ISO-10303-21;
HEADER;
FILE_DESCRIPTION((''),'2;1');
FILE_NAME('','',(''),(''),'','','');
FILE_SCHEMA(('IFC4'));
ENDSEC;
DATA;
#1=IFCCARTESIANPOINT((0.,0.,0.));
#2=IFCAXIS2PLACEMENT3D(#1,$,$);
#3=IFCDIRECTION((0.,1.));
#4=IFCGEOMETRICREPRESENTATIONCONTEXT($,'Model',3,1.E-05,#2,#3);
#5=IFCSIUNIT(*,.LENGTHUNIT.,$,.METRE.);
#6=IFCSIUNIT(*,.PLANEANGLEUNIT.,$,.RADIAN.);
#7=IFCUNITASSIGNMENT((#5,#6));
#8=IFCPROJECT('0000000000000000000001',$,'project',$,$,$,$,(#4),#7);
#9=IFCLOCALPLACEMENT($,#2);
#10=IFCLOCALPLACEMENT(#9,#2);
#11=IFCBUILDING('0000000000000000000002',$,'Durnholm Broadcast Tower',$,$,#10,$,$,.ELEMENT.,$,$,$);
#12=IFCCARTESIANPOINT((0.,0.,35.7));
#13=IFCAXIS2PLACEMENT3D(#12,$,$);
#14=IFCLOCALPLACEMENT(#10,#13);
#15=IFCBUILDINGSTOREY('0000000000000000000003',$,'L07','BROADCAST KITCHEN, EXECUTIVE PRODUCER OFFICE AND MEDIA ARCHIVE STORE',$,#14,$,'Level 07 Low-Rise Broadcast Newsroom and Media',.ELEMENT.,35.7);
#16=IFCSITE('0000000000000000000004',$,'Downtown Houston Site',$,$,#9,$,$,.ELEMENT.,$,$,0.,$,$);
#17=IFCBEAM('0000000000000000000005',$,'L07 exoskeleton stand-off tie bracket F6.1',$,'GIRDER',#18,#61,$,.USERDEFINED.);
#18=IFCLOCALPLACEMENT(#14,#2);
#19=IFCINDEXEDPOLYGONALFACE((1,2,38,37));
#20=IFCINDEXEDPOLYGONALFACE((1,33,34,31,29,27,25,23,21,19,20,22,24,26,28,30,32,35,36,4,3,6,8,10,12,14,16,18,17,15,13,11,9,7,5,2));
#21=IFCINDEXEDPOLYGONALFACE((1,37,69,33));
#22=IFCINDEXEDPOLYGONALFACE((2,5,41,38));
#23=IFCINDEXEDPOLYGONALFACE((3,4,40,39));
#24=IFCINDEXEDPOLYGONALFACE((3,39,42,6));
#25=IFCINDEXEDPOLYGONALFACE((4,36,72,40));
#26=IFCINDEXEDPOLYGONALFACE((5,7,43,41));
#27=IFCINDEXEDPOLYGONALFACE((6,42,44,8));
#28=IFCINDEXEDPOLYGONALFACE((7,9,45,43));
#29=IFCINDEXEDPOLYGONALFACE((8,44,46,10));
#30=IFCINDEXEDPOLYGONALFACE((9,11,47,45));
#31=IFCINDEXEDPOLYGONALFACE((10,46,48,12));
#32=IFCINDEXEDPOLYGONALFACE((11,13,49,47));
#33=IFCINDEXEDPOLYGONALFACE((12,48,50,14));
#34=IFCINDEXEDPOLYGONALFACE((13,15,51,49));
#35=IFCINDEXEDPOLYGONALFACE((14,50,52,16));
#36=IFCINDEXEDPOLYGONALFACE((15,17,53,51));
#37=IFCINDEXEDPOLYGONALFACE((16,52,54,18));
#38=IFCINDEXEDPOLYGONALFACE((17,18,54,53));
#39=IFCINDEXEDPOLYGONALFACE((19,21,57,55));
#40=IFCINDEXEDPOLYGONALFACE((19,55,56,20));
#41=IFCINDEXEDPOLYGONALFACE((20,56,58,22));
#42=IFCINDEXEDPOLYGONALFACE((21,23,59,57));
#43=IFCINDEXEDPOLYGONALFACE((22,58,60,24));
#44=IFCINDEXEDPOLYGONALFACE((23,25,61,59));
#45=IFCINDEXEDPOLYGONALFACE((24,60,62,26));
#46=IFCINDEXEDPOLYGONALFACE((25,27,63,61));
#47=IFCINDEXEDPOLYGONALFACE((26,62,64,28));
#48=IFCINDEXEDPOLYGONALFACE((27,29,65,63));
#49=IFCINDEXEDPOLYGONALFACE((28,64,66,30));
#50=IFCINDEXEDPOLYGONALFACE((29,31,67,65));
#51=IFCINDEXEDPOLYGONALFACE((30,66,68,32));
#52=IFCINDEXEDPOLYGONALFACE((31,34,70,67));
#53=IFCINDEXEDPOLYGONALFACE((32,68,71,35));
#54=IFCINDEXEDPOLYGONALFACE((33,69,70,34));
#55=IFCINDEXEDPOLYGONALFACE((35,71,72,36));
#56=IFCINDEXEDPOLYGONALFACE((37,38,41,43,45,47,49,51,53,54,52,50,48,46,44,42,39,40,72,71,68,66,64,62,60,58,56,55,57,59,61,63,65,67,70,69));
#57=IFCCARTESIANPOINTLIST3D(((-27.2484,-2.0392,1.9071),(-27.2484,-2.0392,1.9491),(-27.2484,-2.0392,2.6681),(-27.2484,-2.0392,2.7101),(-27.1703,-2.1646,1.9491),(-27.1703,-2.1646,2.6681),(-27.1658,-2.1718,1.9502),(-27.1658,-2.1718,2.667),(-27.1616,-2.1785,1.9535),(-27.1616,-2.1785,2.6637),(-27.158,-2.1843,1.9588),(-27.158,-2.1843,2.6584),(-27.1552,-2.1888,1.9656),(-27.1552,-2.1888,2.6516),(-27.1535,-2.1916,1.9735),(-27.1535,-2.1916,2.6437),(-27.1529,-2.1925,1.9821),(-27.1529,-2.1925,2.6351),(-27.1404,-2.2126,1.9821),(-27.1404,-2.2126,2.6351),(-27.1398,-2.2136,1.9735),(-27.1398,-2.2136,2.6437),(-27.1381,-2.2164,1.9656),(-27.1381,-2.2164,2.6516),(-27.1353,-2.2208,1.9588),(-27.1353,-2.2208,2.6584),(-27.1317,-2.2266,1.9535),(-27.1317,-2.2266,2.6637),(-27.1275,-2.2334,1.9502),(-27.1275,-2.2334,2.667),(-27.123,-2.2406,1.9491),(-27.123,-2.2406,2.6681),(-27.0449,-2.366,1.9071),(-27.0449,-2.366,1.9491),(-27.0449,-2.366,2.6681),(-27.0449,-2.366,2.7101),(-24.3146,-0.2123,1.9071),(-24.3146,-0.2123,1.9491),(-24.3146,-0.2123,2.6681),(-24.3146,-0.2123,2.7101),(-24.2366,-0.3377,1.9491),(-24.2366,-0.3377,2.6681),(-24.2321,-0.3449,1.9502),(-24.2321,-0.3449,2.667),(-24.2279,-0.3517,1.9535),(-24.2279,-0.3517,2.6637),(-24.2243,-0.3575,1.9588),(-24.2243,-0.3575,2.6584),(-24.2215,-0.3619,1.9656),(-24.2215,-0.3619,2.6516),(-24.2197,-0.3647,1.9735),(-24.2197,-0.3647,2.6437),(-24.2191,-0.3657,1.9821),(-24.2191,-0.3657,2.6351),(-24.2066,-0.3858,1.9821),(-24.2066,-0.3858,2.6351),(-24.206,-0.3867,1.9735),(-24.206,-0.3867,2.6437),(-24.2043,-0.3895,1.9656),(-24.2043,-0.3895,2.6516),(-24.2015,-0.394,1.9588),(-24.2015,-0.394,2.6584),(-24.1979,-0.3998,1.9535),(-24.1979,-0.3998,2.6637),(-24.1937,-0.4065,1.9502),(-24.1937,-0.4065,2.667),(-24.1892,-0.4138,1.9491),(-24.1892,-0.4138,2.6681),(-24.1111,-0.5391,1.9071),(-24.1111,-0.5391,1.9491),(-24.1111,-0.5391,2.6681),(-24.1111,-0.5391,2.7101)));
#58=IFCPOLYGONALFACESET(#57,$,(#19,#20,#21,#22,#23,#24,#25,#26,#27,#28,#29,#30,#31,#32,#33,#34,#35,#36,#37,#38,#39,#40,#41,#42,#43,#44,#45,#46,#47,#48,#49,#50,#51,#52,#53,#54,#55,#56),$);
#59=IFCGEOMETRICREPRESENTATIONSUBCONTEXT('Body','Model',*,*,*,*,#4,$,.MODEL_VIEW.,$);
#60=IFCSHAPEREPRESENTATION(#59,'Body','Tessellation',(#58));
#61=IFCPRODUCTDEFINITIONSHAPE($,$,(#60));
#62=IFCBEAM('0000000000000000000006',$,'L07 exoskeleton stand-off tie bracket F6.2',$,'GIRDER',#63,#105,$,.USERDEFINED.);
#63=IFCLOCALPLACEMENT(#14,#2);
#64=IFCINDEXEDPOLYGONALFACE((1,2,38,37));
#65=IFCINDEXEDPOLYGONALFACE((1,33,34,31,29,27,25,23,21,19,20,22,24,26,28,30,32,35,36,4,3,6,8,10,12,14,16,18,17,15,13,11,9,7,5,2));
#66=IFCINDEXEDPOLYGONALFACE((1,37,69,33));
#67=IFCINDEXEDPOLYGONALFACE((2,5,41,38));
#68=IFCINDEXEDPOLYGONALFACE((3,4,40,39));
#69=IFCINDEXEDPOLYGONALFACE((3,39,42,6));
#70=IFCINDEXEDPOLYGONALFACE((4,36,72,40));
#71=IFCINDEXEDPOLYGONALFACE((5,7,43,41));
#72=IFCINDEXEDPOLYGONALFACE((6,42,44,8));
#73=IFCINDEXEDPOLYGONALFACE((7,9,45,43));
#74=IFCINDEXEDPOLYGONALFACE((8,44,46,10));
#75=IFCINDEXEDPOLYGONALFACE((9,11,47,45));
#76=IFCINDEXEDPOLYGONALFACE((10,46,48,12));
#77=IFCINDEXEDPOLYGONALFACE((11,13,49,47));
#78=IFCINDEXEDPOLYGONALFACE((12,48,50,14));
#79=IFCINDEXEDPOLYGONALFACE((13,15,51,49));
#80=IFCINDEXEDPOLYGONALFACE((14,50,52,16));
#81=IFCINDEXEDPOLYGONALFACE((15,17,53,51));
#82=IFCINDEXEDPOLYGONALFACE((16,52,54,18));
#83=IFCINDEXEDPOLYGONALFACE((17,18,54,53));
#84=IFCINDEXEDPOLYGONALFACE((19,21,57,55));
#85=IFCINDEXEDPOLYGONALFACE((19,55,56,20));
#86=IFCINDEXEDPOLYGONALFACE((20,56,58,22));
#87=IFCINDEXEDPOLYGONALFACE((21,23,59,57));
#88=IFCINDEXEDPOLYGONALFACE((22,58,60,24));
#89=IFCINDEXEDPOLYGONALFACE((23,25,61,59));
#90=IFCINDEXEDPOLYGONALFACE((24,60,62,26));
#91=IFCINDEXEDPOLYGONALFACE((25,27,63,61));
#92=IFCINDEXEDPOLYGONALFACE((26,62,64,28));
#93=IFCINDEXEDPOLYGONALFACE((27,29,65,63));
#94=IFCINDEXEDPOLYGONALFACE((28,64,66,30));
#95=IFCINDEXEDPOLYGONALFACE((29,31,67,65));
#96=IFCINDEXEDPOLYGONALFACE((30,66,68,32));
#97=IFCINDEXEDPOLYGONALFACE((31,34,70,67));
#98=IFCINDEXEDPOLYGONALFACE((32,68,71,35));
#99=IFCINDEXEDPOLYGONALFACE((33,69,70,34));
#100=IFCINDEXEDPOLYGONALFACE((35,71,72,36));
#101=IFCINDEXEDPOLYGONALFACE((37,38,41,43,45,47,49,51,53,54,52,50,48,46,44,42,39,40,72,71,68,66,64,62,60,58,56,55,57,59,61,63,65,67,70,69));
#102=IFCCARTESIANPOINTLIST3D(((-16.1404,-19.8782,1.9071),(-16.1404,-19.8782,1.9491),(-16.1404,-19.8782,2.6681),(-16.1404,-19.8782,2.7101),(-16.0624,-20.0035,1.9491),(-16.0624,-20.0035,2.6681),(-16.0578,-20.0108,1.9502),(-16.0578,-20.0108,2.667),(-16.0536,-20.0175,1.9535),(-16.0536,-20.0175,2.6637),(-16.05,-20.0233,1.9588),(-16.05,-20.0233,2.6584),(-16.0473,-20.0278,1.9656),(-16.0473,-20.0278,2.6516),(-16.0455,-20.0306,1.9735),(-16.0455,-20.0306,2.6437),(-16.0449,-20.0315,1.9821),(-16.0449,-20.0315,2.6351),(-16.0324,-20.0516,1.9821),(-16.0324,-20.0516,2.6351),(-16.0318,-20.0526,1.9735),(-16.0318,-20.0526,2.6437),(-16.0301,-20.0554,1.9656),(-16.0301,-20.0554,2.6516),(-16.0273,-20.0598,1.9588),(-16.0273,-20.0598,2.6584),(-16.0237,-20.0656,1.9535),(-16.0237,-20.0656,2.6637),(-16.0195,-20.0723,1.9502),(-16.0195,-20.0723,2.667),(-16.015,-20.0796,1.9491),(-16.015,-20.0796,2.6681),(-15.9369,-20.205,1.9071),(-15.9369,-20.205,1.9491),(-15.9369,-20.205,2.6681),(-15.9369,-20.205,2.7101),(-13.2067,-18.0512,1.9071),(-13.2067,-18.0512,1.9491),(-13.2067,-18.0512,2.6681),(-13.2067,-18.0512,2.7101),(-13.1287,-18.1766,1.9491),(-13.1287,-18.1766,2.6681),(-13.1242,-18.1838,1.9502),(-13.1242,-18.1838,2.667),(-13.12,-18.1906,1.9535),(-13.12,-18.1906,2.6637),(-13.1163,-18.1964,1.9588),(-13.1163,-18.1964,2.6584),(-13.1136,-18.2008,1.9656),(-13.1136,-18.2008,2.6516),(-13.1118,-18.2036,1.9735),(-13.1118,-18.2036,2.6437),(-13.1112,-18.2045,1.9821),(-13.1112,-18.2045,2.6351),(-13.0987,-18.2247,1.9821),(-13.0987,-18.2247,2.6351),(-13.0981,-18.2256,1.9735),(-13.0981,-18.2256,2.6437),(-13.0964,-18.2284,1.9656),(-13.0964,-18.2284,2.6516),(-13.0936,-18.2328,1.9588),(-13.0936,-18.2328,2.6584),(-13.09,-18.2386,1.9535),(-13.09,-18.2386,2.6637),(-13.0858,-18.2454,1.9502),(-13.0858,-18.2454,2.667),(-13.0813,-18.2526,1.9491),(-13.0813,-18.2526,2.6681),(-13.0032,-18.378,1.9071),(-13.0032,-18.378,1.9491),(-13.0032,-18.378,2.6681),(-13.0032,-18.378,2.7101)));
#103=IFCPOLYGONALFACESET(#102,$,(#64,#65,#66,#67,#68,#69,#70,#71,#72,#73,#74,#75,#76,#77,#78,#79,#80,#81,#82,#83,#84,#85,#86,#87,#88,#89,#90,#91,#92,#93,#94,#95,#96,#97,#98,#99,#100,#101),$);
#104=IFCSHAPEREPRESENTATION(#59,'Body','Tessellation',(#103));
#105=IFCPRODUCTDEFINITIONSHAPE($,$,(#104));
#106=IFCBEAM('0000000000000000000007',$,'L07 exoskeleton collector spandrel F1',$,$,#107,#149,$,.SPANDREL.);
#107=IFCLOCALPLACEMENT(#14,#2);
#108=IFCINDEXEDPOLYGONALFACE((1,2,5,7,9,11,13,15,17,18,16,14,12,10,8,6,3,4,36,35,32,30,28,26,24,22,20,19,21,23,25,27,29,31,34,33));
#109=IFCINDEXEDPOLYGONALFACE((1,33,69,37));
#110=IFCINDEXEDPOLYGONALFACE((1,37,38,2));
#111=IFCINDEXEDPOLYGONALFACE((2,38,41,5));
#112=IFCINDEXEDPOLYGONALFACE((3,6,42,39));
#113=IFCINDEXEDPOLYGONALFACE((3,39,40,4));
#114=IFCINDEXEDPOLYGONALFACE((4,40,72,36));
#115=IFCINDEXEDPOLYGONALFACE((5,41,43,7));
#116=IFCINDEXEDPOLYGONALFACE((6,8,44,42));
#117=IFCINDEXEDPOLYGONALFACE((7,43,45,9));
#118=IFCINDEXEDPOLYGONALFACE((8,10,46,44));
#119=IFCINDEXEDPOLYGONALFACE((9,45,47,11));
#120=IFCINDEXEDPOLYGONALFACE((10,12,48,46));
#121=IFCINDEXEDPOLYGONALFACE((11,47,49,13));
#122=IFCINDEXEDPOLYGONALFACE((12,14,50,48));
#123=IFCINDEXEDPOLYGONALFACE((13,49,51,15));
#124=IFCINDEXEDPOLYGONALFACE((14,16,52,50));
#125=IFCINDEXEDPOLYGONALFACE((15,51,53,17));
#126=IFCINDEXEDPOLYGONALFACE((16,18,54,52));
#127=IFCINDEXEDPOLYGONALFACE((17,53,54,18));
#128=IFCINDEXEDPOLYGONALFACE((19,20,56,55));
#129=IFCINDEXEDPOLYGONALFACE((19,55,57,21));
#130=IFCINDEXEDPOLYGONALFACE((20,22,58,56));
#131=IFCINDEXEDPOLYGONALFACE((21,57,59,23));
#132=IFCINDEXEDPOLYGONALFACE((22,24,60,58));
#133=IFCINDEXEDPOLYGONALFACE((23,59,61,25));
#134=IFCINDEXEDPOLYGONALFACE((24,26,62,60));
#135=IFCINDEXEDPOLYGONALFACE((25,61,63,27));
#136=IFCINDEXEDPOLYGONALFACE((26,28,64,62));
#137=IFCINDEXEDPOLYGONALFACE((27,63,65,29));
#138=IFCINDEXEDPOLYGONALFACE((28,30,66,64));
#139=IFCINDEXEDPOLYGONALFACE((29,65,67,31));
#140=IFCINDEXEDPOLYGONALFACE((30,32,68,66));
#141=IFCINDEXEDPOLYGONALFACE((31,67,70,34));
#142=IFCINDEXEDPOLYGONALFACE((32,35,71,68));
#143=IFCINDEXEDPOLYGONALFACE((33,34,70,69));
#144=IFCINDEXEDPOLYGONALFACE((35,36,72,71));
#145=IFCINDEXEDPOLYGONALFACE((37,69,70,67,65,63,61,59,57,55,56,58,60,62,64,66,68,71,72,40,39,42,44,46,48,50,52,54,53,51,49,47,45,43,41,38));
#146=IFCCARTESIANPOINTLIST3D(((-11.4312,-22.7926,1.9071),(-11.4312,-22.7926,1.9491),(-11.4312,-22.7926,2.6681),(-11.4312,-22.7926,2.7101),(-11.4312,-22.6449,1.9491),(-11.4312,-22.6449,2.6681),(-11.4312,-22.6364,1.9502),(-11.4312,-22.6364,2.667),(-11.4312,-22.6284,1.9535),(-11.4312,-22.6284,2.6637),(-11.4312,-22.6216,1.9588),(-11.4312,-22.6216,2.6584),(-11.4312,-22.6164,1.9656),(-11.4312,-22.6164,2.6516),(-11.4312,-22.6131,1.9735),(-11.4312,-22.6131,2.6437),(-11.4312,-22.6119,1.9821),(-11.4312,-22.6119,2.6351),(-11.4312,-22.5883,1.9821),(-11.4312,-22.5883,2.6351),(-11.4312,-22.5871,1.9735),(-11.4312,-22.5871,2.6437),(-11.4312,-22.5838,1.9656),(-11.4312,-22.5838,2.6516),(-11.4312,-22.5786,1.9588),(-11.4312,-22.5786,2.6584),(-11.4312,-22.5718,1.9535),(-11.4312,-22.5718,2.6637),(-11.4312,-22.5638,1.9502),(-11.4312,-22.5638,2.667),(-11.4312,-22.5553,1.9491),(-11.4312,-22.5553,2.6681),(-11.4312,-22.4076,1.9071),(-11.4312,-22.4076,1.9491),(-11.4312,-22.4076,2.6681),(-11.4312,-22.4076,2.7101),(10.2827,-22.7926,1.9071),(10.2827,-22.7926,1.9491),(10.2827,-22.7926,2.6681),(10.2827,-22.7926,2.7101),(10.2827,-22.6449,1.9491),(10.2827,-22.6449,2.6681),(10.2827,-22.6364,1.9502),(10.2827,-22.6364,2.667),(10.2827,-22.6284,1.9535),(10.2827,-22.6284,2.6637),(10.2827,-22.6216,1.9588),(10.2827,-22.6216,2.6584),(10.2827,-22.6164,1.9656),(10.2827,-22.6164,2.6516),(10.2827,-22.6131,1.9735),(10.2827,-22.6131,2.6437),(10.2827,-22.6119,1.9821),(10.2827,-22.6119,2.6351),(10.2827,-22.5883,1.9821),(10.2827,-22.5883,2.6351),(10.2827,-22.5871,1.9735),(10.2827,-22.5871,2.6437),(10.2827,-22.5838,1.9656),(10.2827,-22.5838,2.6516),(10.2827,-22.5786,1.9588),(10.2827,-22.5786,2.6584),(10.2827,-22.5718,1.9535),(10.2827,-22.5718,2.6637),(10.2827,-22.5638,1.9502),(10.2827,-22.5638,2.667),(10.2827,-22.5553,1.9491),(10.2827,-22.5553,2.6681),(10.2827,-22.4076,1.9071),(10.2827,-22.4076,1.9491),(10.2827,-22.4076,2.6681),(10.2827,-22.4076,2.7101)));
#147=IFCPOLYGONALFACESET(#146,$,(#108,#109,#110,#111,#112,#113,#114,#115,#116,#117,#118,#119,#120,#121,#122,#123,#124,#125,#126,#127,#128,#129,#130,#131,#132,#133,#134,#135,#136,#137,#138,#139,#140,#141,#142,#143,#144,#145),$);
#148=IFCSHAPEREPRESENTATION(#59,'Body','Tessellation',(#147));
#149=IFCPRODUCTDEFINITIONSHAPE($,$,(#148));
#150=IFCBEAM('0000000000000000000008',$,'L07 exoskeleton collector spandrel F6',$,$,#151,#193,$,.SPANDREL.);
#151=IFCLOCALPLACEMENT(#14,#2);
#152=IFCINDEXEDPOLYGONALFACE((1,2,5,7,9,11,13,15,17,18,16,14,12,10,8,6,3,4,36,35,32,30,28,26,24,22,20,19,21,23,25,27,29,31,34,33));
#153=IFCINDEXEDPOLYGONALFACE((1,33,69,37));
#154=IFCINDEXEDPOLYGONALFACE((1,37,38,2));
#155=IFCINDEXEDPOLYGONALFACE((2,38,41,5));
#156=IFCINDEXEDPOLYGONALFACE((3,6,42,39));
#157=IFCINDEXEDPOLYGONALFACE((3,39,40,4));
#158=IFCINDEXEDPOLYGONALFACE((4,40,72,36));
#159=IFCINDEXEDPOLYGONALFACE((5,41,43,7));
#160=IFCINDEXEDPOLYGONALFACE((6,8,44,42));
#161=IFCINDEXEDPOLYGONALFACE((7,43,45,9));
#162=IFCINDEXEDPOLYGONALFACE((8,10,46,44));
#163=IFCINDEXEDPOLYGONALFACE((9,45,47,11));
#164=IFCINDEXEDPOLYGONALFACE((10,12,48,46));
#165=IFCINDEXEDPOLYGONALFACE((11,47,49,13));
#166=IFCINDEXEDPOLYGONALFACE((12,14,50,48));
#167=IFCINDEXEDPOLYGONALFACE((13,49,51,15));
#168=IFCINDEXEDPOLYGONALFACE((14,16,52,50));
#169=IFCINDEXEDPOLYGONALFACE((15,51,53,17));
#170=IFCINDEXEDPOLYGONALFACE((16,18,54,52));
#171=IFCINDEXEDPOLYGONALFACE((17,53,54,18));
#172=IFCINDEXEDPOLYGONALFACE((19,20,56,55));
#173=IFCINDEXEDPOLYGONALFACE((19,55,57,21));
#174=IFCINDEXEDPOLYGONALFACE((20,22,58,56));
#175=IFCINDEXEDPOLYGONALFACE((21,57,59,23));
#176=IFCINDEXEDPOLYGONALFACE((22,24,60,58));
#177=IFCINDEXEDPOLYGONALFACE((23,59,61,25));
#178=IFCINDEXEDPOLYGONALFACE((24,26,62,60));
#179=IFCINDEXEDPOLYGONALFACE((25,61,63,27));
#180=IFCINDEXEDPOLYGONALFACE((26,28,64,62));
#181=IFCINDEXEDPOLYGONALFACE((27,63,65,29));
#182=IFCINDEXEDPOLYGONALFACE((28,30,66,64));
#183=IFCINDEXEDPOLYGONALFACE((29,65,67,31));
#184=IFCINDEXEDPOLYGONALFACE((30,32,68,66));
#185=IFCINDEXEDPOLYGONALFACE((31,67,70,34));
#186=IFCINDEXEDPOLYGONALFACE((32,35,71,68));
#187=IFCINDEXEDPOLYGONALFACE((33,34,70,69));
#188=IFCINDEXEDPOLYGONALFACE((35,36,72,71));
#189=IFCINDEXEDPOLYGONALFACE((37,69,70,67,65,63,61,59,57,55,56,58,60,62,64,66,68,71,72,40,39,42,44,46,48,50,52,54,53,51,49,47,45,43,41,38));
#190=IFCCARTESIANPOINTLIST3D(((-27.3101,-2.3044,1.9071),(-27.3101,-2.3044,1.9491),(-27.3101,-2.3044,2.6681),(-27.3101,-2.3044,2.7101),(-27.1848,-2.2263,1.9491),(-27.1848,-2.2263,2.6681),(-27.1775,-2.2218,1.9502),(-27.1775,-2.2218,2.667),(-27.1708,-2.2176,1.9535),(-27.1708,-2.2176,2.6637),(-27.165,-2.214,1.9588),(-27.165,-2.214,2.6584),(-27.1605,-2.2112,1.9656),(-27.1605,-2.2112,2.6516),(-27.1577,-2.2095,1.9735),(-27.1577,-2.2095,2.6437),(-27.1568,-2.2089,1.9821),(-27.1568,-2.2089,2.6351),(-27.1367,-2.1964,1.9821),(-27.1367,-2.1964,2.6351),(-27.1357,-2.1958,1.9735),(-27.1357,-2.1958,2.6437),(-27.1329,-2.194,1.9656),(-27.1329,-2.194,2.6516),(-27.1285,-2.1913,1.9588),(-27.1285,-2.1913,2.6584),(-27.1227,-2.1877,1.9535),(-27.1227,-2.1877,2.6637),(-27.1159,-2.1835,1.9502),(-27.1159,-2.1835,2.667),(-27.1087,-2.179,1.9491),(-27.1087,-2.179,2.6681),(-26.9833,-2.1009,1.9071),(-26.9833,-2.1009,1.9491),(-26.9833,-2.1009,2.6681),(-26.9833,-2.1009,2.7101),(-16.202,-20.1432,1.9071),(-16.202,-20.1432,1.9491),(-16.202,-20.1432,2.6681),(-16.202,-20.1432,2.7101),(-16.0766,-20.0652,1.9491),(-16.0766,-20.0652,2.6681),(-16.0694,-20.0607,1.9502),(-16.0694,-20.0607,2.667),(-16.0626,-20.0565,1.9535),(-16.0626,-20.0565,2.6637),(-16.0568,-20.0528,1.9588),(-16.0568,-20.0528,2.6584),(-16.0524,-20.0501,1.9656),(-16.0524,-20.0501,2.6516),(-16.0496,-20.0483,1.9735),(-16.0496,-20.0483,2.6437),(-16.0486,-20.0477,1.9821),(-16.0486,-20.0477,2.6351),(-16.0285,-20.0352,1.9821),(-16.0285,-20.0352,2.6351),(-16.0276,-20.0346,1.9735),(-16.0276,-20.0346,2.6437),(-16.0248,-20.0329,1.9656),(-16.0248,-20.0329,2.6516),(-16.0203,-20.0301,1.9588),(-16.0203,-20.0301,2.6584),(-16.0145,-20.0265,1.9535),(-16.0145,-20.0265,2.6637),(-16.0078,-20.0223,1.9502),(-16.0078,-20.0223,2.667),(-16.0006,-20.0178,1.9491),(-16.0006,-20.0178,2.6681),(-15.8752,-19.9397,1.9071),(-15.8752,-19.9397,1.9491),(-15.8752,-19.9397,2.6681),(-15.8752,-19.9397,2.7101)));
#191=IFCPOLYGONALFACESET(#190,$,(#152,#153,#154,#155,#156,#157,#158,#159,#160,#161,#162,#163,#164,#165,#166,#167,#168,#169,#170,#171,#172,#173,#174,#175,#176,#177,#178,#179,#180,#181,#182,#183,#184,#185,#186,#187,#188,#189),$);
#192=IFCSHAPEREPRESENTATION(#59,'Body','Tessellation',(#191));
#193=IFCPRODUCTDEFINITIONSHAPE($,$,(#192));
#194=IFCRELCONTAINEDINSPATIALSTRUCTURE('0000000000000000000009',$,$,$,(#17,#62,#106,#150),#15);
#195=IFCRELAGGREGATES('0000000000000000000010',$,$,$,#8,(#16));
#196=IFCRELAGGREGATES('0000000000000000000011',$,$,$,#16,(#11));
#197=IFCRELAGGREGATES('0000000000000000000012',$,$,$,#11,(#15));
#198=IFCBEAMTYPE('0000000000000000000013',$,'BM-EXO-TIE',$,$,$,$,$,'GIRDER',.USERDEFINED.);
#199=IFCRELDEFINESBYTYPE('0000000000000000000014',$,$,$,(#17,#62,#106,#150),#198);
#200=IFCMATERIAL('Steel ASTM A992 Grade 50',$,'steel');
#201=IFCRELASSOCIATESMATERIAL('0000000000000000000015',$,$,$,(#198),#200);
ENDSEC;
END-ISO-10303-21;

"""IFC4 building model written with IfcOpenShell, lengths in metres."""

from ifc_helpers import new_model, si_unit, direction, frame, origin, origin_2d, place, context, subcontext, project, spatial, i_section, extrude, source, transform, mapped, material, material_profile, profile_set, type_object, type_shapes, element, save


model = new_model("IFC4")

# Units and contexts
model_context = context("Model", 3, precision=1e-05, world=origin(), true_north=direction((0.0, 1.0)))
body_context = subcontext(model_context, "Body", "Model", "MODEL_VIEW")
ifc_project = project(units=[si_unit("LENGTHUNIT", "METRE"), si_unit("PLANEANGLEUNIT", "RADIAN")], contexts=[model_context])

# Site, building, storey
site_placement = place(None, origin())
site = spatial("IfcSite", under=ifc_project, at=site_placement, Name="Downtown Houston Site", CompositionType="ELEMENT", RefElevation=0.0)
building_placement = place(site_placement, origin())
building = spatial("IfcBuilding", under=site, at=building_placement, Name="Durnholm Broadcast Tower", CompositionType="ELEMENT")
storey_placement = place(building_placement, frame((0.0, 0.0, 35.7)))
storey = spatial("IfcBuildingStorey", under=building, at=storey_placement, Name="L07", Description="BROADCAST KITCHEN, EXECUTIVE PRODUCER OFFICE AND MEDIA ARCHIVE STORE", LongName="Level 07 Low-Rise Broadcast Newsroom and Media", CompositionType="ELEMENT", Elevation=35.7)

# Beams
ifc_material_1 = material(Name="Steel ASTM A992 Grade 50", Category="steel")
ifc_material_profile_1 = material_profile(ifc_material_1, i_section(OverallWidth=0.385, OverallDepth=0.803, WebThickness=0.0237, FlangeThickness=0.042, FilletRadius=0.033, at=origin_2d()), Name="W30X261")
ifc_profile_set_1 = profile_set([ifc_material_profile_1], Name="Steel ASTM A992 Grade 50")
beam_type_1 = type_object("IfcBeamType", Name="BM-EXO-TIE", ElementType="GIRDER", PredefinedType="USERDEFINED", material=ifc_profile_set_1)
shared_shape_1 = source(origin(), body_context, "Body", "SweptSolid", [
    extrude(i_section(OverallWidth=0.385, OverallDepth=0.803, WebThickness=0.0237, FlangeThickness=0.042, FilletRadius=0.033, at=origin_2d()), origin(), (0.0, 0.0, 1.0), 3.4561),
])
for number, where, z_axis, x_axis, name in (
    (1, (-24.2129, -0.3757, 2.3086), (-0.848874, -0.528595, 0.0), (0.528595, -0.848874, 0.0), "L07 exoskeleton stand-off tie bracket F6.1"),
    (2, (-13.105, -18.2146, 2.3086), (-0.848854, -0.528627, 0.0), (0.528627, -0.848854, 0.0), "L07 exoskeleton stand-off tie bracket F6.2"),
):
    element("IfcBeam", number, at=place(storey_placement, frame(where, z_axis=z_axis, x_axis=x_axis)), inside=storey, type_object=beam_type_1, Name=name, ObjectType="GIRDER", PredefinedType="USERDEFINED", context=body_context, shape_type="MappedRepresentation", body=[
        mapped(shared_shape_1, transform((0.0, 0.0, 0.0), x_axis=(1.0, 0.0, 0.0), y_axis=(0.0, 1.0, 0.0), z_axis=(0.0, 0.0, 1.0), scale=1.0)),
    ])
shared_shape_2 = source(origin(), body_context, "Body", "SweptSolid", [
    extrude(i_section(OverallWidth=0.385, OverallDepth=0.803, WebThickness=0.0237, FlangeThickness=0.042, FilletRadius=0.033, at=origin_2d()), origin(), (0.0, 0.0, 1.0), 21.7139),
])
beam_1_placement = place(storey_placement, frame((-11.4312, -22.6001, 2.3086), z_axis=(1.0, 0.0, 0.0), x_axis=(0.0, 1.0, 0.0)))
element("IfcBeam", 3, at=beam_1_placement, inside=storey, type_object=beam_type_1, Name="L07 exoskeleton collector spandrel F1", PredefinedType="SPANDREL", context=body_context, shape_type="MappedRepresentation", body=[
    mapped(shared_shape_2, transform((0.0, 0.0, 0.0), x_axis=(1.0, 0.0, 0.0), y_axis=(0.0, 1.0, 0.0), z_axis=(0.0, 0.0, 1.0), scale=1.0)),
])
shared_shape_3 = source(origin(), body_context, "Body", "SweptSolid", [
    extrude(i_section(OverallWidth=0.385, OverallDepth=0.803, WebThickness=0.0237, FlangeThickness=0.042, FilletRadius=0.033, at=origin_2d()), origin(), (0.0, 0.0, 1.0), 21.0146),
])
type_shapes(beam_type_1, [shared_shape_1, shared_shape_2, shared_shape_3])
beam_2_placement = place(storey_placement, frame((-27.1467, -2.2026, 2.3086), z_axis=(0.528591, -0.848877, 0.0), x_axis=(0.848877, 0.528591, 0.0)))
element("IfcBeam", 4, at=beam_2_placement, inside=storey, type_object=beam_type_1, Name="L07 exoskeleton collector spandrel F6", PredefinedType="SPANDREL", context=body_context, shape_type="MappedRepresentation", body=[
    mapped(shared_shape_3, transform((0.0, 0.0, 0.0), x_axis=(1.0, 0.0, 0.0), y_axis=(0.0, 1.0, 0.0), z_axis=(0.0, 0.0, 1.0), scale=1.0)),
])

save(model, "model.ifc")
